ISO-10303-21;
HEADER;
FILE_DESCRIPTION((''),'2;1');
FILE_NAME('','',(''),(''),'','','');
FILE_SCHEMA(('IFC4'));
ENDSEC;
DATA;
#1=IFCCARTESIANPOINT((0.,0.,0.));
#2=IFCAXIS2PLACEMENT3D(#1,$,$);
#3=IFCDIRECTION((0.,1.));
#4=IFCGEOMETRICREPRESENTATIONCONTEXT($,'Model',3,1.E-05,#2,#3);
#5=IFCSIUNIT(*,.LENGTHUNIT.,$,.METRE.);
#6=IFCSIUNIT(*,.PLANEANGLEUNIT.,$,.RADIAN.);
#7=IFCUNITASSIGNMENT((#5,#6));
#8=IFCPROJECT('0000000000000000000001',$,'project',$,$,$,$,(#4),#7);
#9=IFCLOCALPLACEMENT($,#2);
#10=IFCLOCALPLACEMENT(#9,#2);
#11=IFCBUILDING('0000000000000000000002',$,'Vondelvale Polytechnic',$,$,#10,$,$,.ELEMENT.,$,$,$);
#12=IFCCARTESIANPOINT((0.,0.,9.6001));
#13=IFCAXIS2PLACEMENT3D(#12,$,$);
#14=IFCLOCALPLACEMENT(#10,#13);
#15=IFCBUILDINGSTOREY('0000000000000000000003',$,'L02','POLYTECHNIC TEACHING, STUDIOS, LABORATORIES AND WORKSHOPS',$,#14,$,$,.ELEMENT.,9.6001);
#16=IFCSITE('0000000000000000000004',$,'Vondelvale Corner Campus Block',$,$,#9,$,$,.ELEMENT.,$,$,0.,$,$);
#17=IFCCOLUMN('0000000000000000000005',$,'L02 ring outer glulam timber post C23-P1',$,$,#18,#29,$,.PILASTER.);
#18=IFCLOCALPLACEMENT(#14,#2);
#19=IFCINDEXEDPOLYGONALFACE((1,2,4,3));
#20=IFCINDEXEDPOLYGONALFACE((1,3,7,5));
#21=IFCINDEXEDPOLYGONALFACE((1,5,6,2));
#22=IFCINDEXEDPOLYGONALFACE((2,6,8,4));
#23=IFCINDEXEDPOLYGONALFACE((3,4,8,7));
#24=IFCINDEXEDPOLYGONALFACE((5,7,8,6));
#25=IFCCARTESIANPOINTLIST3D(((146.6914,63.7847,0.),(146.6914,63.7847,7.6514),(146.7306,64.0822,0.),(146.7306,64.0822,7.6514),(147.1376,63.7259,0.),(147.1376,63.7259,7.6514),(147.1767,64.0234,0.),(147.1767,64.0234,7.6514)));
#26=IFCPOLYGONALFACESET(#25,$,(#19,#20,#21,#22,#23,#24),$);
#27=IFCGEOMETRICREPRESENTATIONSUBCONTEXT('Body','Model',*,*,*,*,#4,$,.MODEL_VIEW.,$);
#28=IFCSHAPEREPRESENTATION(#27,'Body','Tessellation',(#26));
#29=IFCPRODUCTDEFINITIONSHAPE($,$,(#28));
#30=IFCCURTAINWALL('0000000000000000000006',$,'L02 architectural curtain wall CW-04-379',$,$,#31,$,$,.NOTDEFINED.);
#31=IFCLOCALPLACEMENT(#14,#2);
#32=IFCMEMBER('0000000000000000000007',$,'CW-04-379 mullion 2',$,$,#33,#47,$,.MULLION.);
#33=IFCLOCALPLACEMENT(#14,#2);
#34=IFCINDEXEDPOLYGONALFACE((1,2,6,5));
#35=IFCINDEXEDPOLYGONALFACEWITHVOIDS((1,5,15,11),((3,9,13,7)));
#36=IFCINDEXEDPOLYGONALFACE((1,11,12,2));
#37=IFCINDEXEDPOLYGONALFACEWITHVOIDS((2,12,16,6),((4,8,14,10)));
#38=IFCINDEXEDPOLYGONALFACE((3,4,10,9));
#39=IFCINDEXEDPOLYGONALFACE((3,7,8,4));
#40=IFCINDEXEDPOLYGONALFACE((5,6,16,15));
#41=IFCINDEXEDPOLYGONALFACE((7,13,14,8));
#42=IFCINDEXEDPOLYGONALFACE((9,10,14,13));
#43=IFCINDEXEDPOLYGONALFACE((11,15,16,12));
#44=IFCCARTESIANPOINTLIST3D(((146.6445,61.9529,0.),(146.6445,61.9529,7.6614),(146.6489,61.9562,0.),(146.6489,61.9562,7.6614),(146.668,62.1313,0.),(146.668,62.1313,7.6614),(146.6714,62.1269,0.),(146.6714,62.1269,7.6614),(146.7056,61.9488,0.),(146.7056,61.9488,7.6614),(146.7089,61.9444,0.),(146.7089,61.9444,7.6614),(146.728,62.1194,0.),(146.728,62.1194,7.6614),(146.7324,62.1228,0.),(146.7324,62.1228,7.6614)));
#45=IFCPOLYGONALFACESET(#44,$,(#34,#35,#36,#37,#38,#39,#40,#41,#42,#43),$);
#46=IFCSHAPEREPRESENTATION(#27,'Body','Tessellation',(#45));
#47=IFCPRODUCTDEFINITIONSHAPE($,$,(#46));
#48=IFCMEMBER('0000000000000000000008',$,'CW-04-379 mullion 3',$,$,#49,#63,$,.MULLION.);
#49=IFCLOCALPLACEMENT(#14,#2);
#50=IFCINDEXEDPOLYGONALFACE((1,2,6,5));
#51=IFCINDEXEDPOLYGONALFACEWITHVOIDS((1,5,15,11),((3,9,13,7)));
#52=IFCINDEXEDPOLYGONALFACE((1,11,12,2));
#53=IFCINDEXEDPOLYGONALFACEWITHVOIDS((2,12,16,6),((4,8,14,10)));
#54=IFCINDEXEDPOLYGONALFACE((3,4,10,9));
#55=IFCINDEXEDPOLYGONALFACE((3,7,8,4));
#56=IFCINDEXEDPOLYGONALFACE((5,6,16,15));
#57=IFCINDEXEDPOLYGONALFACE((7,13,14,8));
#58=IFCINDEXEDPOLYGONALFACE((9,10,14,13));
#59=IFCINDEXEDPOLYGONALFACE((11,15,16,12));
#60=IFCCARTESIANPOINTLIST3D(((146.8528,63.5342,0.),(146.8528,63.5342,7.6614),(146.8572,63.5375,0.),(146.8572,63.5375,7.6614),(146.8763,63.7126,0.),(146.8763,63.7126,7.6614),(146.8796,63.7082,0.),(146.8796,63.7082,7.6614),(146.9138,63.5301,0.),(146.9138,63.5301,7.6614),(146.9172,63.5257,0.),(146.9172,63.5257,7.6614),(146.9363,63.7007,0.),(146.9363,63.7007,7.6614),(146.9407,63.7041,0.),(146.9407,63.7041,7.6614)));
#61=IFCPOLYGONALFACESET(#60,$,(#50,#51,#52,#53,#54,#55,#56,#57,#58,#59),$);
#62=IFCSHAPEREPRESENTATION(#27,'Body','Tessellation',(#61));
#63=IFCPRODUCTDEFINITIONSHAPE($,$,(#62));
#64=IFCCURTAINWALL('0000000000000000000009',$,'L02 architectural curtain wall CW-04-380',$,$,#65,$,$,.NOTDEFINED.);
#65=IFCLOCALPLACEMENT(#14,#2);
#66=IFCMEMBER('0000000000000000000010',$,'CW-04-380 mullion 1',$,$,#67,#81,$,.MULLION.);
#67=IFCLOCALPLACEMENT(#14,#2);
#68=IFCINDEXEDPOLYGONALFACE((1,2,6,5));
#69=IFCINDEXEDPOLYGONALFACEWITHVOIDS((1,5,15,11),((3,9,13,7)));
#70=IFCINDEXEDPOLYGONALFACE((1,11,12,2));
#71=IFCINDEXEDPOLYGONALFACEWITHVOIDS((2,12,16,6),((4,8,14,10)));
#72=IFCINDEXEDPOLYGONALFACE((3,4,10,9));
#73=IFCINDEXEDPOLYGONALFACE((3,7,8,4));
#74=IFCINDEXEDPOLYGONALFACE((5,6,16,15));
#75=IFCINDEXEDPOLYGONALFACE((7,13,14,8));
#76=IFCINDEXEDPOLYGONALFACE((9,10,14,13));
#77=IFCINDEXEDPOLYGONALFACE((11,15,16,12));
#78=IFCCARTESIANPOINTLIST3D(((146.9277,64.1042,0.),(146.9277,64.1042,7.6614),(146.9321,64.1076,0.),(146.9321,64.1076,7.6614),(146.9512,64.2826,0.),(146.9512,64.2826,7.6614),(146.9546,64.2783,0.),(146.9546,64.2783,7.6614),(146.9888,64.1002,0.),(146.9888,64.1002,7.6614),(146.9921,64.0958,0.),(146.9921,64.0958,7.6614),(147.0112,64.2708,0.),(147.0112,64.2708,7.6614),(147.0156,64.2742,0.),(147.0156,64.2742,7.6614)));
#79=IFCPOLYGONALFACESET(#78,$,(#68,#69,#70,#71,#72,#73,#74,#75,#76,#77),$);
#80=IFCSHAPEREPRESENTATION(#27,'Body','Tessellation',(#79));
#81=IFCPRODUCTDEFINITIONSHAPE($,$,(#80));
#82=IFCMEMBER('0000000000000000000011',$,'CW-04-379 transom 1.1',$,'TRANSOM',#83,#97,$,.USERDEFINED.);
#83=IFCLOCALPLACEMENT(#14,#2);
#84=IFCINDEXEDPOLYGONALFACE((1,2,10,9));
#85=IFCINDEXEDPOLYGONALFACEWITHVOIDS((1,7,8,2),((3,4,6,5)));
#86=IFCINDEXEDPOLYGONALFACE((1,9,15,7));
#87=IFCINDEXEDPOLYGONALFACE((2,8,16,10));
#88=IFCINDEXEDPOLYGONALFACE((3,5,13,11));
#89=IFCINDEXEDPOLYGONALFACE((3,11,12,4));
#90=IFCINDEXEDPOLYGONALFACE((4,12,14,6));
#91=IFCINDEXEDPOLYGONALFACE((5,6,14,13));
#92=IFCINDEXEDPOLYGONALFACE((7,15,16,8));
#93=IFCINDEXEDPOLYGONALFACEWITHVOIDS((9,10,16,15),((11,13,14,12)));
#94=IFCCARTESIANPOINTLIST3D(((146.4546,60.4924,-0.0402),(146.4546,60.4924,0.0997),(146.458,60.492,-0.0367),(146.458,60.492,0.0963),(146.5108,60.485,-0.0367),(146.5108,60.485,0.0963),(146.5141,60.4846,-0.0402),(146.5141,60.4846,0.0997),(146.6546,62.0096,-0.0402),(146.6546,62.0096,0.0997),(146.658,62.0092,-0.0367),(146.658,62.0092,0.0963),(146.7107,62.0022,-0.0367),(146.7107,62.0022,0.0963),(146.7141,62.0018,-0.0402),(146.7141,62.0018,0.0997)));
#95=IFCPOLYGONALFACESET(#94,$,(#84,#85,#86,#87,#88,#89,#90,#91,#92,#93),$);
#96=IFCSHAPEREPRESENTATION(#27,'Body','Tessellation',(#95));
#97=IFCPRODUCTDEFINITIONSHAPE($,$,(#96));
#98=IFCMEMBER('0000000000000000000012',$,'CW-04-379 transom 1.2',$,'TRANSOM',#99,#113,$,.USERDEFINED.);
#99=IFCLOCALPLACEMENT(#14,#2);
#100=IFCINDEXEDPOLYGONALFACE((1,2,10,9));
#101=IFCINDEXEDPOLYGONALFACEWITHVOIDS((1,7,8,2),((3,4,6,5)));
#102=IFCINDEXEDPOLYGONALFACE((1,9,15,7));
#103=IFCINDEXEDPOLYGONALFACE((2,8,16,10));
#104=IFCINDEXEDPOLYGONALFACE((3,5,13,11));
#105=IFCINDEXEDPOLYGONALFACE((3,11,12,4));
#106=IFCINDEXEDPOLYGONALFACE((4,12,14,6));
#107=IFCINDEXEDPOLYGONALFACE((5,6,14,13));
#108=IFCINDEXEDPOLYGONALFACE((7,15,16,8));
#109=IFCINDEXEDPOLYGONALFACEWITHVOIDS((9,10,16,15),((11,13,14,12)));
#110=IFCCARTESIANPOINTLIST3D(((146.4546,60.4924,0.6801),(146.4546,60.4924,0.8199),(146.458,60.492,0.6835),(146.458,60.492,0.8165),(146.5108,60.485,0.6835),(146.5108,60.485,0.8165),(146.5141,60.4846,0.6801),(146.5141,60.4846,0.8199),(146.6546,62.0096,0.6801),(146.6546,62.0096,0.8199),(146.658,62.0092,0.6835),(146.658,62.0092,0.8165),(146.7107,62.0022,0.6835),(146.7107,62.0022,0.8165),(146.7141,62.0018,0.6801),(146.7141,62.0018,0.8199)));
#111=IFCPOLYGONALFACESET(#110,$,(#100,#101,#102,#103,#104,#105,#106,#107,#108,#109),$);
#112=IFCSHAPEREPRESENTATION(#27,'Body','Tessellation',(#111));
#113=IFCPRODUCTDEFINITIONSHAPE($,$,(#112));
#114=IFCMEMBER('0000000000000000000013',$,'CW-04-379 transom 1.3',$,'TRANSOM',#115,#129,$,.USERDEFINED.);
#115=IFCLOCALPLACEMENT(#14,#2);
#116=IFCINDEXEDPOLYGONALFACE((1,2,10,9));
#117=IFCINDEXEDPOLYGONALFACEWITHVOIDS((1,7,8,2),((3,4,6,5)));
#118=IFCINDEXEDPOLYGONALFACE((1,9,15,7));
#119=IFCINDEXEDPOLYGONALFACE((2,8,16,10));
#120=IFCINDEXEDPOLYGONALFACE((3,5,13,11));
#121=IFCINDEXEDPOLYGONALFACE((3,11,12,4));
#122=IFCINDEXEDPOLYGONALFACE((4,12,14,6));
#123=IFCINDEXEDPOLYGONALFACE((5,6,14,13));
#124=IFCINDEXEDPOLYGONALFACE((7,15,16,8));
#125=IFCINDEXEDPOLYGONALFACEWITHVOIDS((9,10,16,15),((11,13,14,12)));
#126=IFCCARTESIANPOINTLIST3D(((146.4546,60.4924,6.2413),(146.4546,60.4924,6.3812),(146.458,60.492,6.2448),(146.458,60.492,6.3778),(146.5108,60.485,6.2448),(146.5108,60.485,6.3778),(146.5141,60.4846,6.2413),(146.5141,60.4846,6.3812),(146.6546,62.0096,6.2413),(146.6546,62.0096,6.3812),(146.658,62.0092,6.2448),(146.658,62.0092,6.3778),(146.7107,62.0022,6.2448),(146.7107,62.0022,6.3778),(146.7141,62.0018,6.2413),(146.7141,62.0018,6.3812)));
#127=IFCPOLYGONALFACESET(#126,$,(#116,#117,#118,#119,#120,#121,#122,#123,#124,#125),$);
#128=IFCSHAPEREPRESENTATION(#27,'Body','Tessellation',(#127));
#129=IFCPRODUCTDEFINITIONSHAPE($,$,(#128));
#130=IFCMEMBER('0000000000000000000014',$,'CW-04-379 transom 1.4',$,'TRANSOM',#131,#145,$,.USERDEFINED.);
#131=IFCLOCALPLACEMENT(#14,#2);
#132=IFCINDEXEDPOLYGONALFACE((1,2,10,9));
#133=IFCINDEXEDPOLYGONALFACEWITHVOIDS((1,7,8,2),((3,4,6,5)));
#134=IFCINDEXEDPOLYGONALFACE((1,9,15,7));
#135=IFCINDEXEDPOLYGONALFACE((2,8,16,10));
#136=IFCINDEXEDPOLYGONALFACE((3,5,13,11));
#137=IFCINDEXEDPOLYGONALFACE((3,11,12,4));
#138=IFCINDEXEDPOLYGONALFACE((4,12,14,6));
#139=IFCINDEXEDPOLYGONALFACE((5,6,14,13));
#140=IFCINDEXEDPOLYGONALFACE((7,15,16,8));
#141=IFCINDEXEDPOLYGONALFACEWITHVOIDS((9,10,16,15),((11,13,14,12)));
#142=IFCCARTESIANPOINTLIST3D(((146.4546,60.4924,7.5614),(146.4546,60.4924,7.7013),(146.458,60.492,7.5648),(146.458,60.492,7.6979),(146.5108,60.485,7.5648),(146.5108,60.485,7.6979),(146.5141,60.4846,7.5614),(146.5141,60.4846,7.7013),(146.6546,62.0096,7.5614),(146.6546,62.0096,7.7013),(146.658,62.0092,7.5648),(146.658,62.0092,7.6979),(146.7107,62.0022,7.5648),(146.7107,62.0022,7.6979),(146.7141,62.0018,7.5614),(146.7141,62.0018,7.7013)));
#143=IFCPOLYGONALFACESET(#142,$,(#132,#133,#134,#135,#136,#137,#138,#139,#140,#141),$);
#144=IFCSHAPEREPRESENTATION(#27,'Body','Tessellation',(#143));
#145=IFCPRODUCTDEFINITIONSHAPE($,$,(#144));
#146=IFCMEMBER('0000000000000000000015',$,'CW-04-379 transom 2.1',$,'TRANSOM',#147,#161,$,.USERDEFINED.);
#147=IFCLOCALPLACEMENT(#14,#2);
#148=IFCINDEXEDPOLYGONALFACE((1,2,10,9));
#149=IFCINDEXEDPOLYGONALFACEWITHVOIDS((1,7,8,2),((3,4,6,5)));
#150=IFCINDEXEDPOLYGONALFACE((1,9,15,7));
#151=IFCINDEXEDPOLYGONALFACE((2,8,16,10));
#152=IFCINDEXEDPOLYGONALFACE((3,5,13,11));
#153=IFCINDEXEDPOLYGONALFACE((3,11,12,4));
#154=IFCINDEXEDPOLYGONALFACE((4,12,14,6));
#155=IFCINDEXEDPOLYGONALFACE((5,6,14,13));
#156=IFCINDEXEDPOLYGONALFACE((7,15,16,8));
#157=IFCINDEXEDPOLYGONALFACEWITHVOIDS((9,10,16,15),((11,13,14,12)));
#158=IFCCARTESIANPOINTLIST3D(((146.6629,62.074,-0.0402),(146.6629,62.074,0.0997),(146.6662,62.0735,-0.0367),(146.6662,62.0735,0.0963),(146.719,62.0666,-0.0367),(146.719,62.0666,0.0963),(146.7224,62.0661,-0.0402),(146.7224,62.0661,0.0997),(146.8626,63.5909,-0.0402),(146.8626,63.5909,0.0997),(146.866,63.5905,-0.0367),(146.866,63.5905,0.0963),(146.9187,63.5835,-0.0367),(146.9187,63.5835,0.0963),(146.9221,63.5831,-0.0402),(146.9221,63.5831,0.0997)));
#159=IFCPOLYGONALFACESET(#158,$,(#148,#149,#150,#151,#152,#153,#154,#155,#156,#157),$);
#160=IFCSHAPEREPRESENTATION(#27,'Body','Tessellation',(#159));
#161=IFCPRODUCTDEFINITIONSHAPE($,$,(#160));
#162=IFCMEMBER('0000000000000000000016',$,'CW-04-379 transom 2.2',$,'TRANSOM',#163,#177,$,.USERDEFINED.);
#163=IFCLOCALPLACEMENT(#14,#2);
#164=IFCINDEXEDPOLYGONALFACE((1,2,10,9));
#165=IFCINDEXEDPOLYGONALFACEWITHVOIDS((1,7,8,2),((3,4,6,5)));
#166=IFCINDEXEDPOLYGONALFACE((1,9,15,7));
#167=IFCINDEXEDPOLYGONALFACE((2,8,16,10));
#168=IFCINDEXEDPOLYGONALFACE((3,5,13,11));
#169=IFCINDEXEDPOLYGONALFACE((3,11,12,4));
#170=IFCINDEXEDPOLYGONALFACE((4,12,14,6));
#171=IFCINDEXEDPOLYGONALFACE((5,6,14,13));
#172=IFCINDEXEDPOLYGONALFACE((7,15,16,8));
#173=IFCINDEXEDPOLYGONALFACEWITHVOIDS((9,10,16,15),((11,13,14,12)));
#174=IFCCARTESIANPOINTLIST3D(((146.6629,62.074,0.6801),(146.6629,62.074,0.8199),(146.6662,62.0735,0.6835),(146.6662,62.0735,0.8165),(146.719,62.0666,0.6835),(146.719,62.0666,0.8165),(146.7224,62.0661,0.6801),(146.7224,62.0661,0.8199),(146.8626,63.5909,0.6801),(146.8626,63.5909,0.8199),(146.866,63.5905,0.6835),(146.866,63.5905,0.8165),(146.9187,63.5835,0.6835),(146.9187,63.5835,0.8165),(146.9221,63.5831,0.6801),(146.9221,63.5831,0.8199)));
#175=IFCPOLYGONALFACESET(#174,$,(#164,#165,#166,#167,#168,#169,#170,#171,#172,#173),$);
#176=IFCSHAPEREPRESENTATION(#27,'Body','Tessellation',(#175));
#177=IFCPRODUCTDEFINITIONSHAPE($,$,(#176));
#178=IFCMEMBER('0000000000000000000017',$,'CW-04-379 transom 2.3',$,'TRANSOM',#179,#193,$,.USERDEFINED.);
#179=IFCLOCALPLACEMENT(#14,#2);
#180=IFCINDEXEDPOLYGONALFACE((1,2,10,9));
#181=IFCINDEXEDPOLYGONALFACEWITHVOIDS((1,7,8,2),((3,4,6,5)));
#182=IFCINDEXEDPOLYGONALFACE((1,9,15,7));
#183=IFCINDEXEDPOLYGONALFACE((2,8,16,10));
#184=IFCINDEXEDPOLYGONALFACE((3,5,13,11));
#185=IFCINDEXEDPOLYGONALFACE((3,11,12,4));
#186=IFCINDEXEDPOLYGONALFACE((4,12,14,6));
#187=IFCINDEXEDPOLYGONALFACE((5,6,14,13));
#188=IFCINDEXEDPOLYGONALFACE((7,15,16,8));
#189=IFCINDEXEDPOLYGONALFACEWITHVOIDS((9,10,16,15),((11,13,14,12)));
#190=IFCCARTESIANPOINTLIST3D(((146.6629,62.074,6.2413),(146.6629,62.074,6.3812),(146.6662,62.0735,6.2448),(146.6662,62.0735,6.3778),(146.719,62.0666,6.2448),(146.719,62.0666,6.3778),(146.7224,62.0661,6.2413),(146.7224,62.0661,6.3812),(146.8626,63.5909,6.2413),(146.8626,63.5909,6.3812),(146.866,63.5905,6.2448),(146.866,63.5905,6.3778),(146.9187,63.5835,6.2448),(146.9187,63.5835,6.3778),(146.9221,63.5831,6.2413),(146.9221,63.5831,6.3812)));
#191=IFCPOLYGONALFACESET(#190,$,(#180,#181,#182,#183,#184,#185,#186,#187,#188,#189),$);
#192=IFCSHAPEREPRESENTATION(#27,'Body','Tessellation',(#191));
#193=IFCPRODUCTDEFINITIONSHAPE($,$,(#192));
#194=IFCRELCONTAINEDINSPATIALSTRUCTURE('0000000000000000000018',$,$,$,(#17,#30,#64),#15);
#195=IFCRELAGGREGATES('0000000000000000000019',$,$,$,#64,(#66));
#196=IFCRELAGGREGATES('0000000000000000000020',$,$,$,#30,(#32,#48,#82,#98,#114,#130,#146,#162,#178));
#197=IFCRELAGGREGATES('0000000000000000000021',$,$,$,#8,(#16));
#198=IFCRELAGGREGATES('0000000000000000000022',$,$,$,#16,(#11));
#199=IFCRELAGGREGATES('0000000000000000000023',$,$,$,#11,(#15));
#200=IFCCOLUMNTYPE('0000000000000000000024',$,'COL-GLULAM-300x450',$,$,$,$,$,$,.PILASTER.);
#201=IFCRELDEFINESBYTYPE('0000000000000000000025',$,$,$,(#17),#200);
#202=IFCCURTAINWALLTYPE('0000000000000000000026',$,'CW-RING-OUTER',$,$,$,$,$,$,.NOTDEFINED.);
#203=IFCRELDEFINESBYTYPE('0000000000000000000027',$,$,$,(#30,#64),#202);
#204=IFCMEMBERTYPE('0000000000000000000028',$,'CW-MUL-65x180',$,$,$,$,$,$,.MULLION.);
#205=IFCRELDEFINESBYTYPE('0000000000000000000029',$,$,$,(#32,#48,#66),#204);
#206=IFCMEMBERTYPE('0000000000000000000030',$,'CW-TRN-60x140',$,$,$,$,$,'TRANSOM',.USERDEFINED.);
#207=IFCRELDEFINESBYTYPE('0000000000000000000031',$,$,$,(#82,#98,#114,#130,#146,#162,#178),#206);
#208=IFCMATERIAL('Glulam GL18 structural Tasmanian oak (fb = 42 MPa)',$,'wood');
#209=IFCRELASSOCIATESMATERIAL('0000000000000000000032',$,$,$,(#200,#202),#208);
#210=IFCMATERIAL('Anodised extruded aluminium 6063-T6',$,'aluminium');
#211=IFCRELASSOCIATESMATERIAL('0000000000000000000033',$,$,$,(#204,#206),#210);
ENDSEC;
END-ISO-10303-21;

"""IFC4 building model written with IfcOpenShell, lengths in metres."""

from ifc_helpers import new_model, si_unit, direction, frame, origin, origin_2d, place, context, subcontext, project, spatial, rectangle, hollow_rectangle, extrude, material, material_profile, profile_set, type_object, element, aggregate, save


model = new_model("IFC4")

# Units and contexts
model_context = context("Model", 3, precision=1e-05, world=origin(), true_north=direction((0.0, 1.0)))
body_context = subcontext(model_context, "Body", "Model", "MODEL_VIEW")
ifc_project = project(units=[si_unit("LENGTHUNIT", "METRE"), si_unit("PLANEANGLEUNIT", "RADIAN")], contexts=[model_context])

# Site, building, storey
site_placement = place(None, origin())
site = spatial("IfcSite", under=ifc_project, at=site_placement, Name="Vondelvale Corner Campus Block", CompositionType="ELEMENT", RefElevation=0.0)
building_placement = place(site_placement, origin())
building = spatial("IfcBuilding", under=site, at=building_placement, Name="Vondelvale Polytechnic", CompositionType="ELEMENT")
storey_placement = place(building_placement, frame((0.0, 0.0, 9.6001)))
storey = spatial("IfcBuildingStorey", under=building, at=storey_placement, Name="L02", Description="POLYTECHNIC TEACHING, STUDIOS, LABORATORIES AND WORKSHOPS", CompositionType="ELEMENT", Elevation=9.6001)

# Column
ifc_material_1 = material(Name="Glulam GL18 structural Tasmanian oak (fb = 42 MPa)", Category="wood")
ifc_material_profile_1 = material_profile(ifc_material_1, rectangle(XDim=0.3, YDim=0.45, at=origin_2d()), Name="GL-POST-300x450")
ifc_profile_set_1 = profile_set([ifc_material_profile_1], Name="Glulam GL18 structural Tasmanian oak (fb = 42 MPa)")
column_type = type_object("IfcColumnType", Name="COL-GLULAM-300x450", PredefinedType="PILASTER", material=ifc_profile_set_1)
column_placement = place(storey_placement, frame((146.9341, 63.9041, 0.0), z_axis=(0.0, 0.0, 1.0), x_axis=(0.130526, 0.991445, 0.0)))
element("IfcColumn", 1, at=column_placement, inside=storey, type_object=column_type, Name="L02 ring outer glulam timber post C23-P1", PredefinedType="PILASTER", context=body_context, shape_type="SweptSolid", body=[
    extrude(rectangle(XDim=0.3, YDim=0.45, at=origin_2d()), origin(), (0.0, 0.0, 1.0), 7.6514),
])

# Curtain wall, members
curtain_wall_type = type_object("IfcCurtainWallType", Name="CW-RING-OUTER", PredefinedType="NOTDEFINED", material=ifc_material_1)
curtain_wall_1_placement = place(storey_placement, origin())
curtain_wall_1 = element("IfcCurtainWall", 2, at=curtain_wall_1_placement, inside=storey, type_object=curtain_wall_type, Name="L02 architectural curtain wall CW-04-379", PredefinedType="NOTDEFINED")
ifc_material_2 = material(Name="Anodised extruded aluminium 6063-T6", Category="aluminium")
ifc_material_profile_2 = material_profile(ifc_material_2, hollow_rectangle(XDim=0.0649, YDim=0.1799, WallThickness=0.0039, at=origin_2d()), Name="CW-MUL-180x65")
ifc_profile_set_2 = profile_set([ifc_material_profile_2], Name="Anodised extruded aluminium 6063-T6")
member_type_1 = type_object("IfcMemberType", Name="CW-MUL-65x180", PredefinedType="MULLION", material=ifc_profile_set_2)
member_1_placement = place(storey_placement, frame((146.6885, 62.0378, 0.0), z_axis=(0.0, 0.0, 1.0), x_axis=(-0.991443, 0.13054, 0.0)))
member_1 = element("IfcMember", 3, at=member_1_placement, type_object=member_type_1, Name="CW-04-379 mullion 2", PredefinedType="MULLION", context=body_context, shape_type="SweptSolid", body=[
    extrude(hollow_rectangle(XDim=0.0649, YDim=0.1799, WallThickness=0.0039, at=origin_2d()), origin(), (0.0, 0.0, 1.0), 7.6614),
])
member_2_placement = place(storey_placement, frame((146.8967, 63.6191, 0.0), z_axis=(0.0, 0.0, 1.0), x_axis=(-0.991443, 0.13054, 0.0)))
member_2 = element("IfcMember", 4, at=member_2_placement, type_object=member_type_1, Name="CW-04-379 mullion 3", PredefinedType="MULLION", context=body_context, shape_type="SweptSolid", body=[
    extrude(hollow_rectangle(XDim=0.0649, YDim=0.1799, WallThickness=0.0039, at=origin_2d()), origin(), (0.0, 0.0, 1.0), 7.6614),
])

# Curtain wall, member
curtain_wall_2_placement = place(storey_placement, origin())
curtain_wall_2 = element("IfcCurtainWall", 5, at=curtain_wall_2_placement, inside=storey, type_object=curtain_wall_type, Name="L02 architectural curtain wall CW-04-380", PredefinedType="NOTDEFINED")
member_3_placement = place(storey_placement, frame((146.9717, 64.1892, 0.0), z_axis=(0.0, 0.0, 1.0), x_axis=(-0.991449, 0.130497, 0.0)))
member_3 = element("IfcMember", 6, at=member_3_placement, type_object=member_type_1, Name="CW-04-380 mullion 1", PredefinedType="MULLION", context=body_context, shape_type="SweptSolid", body=[
    extrude(hollow_rectangle(XDim=0.0649, YDim=0.1799, WallThickness=0.0039, at=origin_2d()), origin(), (0.0, 0.0, 1.0), 7.6614),
])

# Members
ifc_material_profile_3 = material_profile(ifc_material_2, hollow_rectangle(XDim=0.0601, YDim=0.1399, WallThickness=0.0034, at=origin_2d()), Name="CW-TRN-140x60")
ifc_profile_set_3 = profile_set([ifc_material_profile_3], Name="Anodised extruded aluminium 6063-T6")
member_type_2 = type_object("IfcMemberType", Name="CW-TRN-60x140", ElementType="TRANSOM", PredefinedType="USERDEFINED", material=ifc_profile_set_3)
member_4_placement = place(storey_placement, frame((146.4844, 60.4885, 0.0298), z_axis=(0.130669, 0.991426, 0.0), x_axis=(-0.991426, 0.130669, 0.0)))
member_4 = element("IfcMember", 7, at=member_4_placement, type_object=member_type_2, Name="CW-04-379 transom 1.1", ObjectType="TRANSOM", PredefinedType="USERDEFINED", context=body_context, shape_type="SweptSolid", body=[
    extrude(hollow_rectangle(XDim=0.0601, YDim=0.1399, WallThickness=0.0034, at=origin_2d()), origin(), (0.0, 0.0, 1.0), 1.5303),
])
member_5_placement = place(storey_placement, frame((146.4844, 60.4885, 0.75), z_axis=(0.130669, 0.991426, 0.0), x_axis=(-0.991426, 0.130669, 0.0)))
member_5 = element("IfcMember", 8, at=member_5_placement, type_object=member_type_2, Name="CW-04-379 transom 1.2", ObjectType="TRANSOM", PredefinedType="USERDEFINED", context=body_context, shape_type="SweptSolid", body=[
    extrude(hollow_rectangle(XDim=0.0601, YDim=0.1399, WallThickness=0.0034, at=origin_2d()), origin(), (0.0, 0.0, 1.0), 1.5303),
])
member_6_placement = place(storey_placement, frame((146.4844, 60.4885, 6.3113), z_axis=(0.130669, 0.991426, 0.0), x_axis=(-0.991426, 0.130669, 0.0)))
member_6 = element("IfcMember", 9, at=member_6_placement, type_object=member_type_2, Name="CW-04-379 transom 1.3", ObjectType="TRANSOM", PredefinedType="USERDEFINED", context=body_context, shape_type="SweptSolid", body=[
    extrude(hollow_rectangle(XDim=0.0601, YDim=0.1399, WallThickness=0.0034, at=origin_2d()), origin(), (0.0, 0.0, 1.0), 1.5303),
])
member_7_placement = place(storey_placement, frame((146.4844, 60.4885, 7.6313), z_axis=(0.130669, 0.991426, 0.0), x_axis=(-0.991426, 0.130669, 0.0)))
member_7 = element("IfcMember", 10, at=member_7_placement, type_object=member_type_2, Name="CW-04-379 transom 1.4", ObjectType="TRANSOM", PredefinedType="USERDEFINED", context=body_context, shape_type="SweptSolid", body=[
    extrude(hollow_rectangle(XDim=0.0601, YDim=0.1399, WallThickness=0.0034, at=origin_2d()), origin(), (0.0, 0.0, 1.0), 1.5303),
])
member_8_placement = place(storey_placement, frame((146.6926, 62.0701, 0.0298), z_axis=(0.130533, 0.991444, 0.0), x_axis=(-0.991444, 0.130533, 0.0)))
member_8 = element("IfcMember", 11, at=member_8_placement, type_object=member_type_2, Name="CW-04-379 transom 2.1", ObjectType="TRANSOM", PredefinedType="USERDEFINED", context=body_context, shape_type="SweptSolid", body=[
    extrude(hollow_rectangle(XDim=0.0601, YDim=0.1399, WallThickness=0.0034, at=origin_2d()), origin(), (0.0, 0.0, 1.0), 1.53),
])
member_9_placement = place(storey_placement, frame((146.6926, 62.0701, 0.75), z_axis=(0.130533, 0.991444, 0.0), x_axis=(-0.991444, 0.130533, 0.0)))
member_9 = element("IfcMember", 12, at=member_9_placement, type_object=member_type_2, Name="CW-04-379 transom 2.2", ObjectType="TRANSOM", PredefinedType="USERDEFINED", context=body_context, shape_type="SweptSolid", body=[
    extrude(hollow_rectangle(XDim=0.0601, YDim=0.1399, WallThickness=0.0034, at=origin_2d()), origin(), (0.0, 0.0, 1.0), 1.53),
])
member_10_placement = place(storey_placement, frame((146.6926, 62.0701, 6.3113), z_axis=(0.130533, 0.991444, 0.0), x_axis=(-0.991444, 0.130533, 0.0)))
member_10 = element("IfcMember", 13, at=member_10_placement, type_object=member_type_2, Name="CW-04-379 transom 2.3", ObjectType="TRANSOM", PredefinedType="USERDEFINED", context=body_context, shape_type="SweptSolid", body=[
    extrude(hollow_rectangle(XDim=0.0601, YDim=0.1399, WallThickness=0.0034, at=origin_2d()), origin(), (0.0, 0.0, 1.0), 1.53),
])

aggregate(curtain_wall_2, [member_3])
aggregate(curtain_wall_1, [member_1, member_2, member_4, member_5, member_6, member_7, member_8, member_9, member_10])

save(model, "model.ifc")
